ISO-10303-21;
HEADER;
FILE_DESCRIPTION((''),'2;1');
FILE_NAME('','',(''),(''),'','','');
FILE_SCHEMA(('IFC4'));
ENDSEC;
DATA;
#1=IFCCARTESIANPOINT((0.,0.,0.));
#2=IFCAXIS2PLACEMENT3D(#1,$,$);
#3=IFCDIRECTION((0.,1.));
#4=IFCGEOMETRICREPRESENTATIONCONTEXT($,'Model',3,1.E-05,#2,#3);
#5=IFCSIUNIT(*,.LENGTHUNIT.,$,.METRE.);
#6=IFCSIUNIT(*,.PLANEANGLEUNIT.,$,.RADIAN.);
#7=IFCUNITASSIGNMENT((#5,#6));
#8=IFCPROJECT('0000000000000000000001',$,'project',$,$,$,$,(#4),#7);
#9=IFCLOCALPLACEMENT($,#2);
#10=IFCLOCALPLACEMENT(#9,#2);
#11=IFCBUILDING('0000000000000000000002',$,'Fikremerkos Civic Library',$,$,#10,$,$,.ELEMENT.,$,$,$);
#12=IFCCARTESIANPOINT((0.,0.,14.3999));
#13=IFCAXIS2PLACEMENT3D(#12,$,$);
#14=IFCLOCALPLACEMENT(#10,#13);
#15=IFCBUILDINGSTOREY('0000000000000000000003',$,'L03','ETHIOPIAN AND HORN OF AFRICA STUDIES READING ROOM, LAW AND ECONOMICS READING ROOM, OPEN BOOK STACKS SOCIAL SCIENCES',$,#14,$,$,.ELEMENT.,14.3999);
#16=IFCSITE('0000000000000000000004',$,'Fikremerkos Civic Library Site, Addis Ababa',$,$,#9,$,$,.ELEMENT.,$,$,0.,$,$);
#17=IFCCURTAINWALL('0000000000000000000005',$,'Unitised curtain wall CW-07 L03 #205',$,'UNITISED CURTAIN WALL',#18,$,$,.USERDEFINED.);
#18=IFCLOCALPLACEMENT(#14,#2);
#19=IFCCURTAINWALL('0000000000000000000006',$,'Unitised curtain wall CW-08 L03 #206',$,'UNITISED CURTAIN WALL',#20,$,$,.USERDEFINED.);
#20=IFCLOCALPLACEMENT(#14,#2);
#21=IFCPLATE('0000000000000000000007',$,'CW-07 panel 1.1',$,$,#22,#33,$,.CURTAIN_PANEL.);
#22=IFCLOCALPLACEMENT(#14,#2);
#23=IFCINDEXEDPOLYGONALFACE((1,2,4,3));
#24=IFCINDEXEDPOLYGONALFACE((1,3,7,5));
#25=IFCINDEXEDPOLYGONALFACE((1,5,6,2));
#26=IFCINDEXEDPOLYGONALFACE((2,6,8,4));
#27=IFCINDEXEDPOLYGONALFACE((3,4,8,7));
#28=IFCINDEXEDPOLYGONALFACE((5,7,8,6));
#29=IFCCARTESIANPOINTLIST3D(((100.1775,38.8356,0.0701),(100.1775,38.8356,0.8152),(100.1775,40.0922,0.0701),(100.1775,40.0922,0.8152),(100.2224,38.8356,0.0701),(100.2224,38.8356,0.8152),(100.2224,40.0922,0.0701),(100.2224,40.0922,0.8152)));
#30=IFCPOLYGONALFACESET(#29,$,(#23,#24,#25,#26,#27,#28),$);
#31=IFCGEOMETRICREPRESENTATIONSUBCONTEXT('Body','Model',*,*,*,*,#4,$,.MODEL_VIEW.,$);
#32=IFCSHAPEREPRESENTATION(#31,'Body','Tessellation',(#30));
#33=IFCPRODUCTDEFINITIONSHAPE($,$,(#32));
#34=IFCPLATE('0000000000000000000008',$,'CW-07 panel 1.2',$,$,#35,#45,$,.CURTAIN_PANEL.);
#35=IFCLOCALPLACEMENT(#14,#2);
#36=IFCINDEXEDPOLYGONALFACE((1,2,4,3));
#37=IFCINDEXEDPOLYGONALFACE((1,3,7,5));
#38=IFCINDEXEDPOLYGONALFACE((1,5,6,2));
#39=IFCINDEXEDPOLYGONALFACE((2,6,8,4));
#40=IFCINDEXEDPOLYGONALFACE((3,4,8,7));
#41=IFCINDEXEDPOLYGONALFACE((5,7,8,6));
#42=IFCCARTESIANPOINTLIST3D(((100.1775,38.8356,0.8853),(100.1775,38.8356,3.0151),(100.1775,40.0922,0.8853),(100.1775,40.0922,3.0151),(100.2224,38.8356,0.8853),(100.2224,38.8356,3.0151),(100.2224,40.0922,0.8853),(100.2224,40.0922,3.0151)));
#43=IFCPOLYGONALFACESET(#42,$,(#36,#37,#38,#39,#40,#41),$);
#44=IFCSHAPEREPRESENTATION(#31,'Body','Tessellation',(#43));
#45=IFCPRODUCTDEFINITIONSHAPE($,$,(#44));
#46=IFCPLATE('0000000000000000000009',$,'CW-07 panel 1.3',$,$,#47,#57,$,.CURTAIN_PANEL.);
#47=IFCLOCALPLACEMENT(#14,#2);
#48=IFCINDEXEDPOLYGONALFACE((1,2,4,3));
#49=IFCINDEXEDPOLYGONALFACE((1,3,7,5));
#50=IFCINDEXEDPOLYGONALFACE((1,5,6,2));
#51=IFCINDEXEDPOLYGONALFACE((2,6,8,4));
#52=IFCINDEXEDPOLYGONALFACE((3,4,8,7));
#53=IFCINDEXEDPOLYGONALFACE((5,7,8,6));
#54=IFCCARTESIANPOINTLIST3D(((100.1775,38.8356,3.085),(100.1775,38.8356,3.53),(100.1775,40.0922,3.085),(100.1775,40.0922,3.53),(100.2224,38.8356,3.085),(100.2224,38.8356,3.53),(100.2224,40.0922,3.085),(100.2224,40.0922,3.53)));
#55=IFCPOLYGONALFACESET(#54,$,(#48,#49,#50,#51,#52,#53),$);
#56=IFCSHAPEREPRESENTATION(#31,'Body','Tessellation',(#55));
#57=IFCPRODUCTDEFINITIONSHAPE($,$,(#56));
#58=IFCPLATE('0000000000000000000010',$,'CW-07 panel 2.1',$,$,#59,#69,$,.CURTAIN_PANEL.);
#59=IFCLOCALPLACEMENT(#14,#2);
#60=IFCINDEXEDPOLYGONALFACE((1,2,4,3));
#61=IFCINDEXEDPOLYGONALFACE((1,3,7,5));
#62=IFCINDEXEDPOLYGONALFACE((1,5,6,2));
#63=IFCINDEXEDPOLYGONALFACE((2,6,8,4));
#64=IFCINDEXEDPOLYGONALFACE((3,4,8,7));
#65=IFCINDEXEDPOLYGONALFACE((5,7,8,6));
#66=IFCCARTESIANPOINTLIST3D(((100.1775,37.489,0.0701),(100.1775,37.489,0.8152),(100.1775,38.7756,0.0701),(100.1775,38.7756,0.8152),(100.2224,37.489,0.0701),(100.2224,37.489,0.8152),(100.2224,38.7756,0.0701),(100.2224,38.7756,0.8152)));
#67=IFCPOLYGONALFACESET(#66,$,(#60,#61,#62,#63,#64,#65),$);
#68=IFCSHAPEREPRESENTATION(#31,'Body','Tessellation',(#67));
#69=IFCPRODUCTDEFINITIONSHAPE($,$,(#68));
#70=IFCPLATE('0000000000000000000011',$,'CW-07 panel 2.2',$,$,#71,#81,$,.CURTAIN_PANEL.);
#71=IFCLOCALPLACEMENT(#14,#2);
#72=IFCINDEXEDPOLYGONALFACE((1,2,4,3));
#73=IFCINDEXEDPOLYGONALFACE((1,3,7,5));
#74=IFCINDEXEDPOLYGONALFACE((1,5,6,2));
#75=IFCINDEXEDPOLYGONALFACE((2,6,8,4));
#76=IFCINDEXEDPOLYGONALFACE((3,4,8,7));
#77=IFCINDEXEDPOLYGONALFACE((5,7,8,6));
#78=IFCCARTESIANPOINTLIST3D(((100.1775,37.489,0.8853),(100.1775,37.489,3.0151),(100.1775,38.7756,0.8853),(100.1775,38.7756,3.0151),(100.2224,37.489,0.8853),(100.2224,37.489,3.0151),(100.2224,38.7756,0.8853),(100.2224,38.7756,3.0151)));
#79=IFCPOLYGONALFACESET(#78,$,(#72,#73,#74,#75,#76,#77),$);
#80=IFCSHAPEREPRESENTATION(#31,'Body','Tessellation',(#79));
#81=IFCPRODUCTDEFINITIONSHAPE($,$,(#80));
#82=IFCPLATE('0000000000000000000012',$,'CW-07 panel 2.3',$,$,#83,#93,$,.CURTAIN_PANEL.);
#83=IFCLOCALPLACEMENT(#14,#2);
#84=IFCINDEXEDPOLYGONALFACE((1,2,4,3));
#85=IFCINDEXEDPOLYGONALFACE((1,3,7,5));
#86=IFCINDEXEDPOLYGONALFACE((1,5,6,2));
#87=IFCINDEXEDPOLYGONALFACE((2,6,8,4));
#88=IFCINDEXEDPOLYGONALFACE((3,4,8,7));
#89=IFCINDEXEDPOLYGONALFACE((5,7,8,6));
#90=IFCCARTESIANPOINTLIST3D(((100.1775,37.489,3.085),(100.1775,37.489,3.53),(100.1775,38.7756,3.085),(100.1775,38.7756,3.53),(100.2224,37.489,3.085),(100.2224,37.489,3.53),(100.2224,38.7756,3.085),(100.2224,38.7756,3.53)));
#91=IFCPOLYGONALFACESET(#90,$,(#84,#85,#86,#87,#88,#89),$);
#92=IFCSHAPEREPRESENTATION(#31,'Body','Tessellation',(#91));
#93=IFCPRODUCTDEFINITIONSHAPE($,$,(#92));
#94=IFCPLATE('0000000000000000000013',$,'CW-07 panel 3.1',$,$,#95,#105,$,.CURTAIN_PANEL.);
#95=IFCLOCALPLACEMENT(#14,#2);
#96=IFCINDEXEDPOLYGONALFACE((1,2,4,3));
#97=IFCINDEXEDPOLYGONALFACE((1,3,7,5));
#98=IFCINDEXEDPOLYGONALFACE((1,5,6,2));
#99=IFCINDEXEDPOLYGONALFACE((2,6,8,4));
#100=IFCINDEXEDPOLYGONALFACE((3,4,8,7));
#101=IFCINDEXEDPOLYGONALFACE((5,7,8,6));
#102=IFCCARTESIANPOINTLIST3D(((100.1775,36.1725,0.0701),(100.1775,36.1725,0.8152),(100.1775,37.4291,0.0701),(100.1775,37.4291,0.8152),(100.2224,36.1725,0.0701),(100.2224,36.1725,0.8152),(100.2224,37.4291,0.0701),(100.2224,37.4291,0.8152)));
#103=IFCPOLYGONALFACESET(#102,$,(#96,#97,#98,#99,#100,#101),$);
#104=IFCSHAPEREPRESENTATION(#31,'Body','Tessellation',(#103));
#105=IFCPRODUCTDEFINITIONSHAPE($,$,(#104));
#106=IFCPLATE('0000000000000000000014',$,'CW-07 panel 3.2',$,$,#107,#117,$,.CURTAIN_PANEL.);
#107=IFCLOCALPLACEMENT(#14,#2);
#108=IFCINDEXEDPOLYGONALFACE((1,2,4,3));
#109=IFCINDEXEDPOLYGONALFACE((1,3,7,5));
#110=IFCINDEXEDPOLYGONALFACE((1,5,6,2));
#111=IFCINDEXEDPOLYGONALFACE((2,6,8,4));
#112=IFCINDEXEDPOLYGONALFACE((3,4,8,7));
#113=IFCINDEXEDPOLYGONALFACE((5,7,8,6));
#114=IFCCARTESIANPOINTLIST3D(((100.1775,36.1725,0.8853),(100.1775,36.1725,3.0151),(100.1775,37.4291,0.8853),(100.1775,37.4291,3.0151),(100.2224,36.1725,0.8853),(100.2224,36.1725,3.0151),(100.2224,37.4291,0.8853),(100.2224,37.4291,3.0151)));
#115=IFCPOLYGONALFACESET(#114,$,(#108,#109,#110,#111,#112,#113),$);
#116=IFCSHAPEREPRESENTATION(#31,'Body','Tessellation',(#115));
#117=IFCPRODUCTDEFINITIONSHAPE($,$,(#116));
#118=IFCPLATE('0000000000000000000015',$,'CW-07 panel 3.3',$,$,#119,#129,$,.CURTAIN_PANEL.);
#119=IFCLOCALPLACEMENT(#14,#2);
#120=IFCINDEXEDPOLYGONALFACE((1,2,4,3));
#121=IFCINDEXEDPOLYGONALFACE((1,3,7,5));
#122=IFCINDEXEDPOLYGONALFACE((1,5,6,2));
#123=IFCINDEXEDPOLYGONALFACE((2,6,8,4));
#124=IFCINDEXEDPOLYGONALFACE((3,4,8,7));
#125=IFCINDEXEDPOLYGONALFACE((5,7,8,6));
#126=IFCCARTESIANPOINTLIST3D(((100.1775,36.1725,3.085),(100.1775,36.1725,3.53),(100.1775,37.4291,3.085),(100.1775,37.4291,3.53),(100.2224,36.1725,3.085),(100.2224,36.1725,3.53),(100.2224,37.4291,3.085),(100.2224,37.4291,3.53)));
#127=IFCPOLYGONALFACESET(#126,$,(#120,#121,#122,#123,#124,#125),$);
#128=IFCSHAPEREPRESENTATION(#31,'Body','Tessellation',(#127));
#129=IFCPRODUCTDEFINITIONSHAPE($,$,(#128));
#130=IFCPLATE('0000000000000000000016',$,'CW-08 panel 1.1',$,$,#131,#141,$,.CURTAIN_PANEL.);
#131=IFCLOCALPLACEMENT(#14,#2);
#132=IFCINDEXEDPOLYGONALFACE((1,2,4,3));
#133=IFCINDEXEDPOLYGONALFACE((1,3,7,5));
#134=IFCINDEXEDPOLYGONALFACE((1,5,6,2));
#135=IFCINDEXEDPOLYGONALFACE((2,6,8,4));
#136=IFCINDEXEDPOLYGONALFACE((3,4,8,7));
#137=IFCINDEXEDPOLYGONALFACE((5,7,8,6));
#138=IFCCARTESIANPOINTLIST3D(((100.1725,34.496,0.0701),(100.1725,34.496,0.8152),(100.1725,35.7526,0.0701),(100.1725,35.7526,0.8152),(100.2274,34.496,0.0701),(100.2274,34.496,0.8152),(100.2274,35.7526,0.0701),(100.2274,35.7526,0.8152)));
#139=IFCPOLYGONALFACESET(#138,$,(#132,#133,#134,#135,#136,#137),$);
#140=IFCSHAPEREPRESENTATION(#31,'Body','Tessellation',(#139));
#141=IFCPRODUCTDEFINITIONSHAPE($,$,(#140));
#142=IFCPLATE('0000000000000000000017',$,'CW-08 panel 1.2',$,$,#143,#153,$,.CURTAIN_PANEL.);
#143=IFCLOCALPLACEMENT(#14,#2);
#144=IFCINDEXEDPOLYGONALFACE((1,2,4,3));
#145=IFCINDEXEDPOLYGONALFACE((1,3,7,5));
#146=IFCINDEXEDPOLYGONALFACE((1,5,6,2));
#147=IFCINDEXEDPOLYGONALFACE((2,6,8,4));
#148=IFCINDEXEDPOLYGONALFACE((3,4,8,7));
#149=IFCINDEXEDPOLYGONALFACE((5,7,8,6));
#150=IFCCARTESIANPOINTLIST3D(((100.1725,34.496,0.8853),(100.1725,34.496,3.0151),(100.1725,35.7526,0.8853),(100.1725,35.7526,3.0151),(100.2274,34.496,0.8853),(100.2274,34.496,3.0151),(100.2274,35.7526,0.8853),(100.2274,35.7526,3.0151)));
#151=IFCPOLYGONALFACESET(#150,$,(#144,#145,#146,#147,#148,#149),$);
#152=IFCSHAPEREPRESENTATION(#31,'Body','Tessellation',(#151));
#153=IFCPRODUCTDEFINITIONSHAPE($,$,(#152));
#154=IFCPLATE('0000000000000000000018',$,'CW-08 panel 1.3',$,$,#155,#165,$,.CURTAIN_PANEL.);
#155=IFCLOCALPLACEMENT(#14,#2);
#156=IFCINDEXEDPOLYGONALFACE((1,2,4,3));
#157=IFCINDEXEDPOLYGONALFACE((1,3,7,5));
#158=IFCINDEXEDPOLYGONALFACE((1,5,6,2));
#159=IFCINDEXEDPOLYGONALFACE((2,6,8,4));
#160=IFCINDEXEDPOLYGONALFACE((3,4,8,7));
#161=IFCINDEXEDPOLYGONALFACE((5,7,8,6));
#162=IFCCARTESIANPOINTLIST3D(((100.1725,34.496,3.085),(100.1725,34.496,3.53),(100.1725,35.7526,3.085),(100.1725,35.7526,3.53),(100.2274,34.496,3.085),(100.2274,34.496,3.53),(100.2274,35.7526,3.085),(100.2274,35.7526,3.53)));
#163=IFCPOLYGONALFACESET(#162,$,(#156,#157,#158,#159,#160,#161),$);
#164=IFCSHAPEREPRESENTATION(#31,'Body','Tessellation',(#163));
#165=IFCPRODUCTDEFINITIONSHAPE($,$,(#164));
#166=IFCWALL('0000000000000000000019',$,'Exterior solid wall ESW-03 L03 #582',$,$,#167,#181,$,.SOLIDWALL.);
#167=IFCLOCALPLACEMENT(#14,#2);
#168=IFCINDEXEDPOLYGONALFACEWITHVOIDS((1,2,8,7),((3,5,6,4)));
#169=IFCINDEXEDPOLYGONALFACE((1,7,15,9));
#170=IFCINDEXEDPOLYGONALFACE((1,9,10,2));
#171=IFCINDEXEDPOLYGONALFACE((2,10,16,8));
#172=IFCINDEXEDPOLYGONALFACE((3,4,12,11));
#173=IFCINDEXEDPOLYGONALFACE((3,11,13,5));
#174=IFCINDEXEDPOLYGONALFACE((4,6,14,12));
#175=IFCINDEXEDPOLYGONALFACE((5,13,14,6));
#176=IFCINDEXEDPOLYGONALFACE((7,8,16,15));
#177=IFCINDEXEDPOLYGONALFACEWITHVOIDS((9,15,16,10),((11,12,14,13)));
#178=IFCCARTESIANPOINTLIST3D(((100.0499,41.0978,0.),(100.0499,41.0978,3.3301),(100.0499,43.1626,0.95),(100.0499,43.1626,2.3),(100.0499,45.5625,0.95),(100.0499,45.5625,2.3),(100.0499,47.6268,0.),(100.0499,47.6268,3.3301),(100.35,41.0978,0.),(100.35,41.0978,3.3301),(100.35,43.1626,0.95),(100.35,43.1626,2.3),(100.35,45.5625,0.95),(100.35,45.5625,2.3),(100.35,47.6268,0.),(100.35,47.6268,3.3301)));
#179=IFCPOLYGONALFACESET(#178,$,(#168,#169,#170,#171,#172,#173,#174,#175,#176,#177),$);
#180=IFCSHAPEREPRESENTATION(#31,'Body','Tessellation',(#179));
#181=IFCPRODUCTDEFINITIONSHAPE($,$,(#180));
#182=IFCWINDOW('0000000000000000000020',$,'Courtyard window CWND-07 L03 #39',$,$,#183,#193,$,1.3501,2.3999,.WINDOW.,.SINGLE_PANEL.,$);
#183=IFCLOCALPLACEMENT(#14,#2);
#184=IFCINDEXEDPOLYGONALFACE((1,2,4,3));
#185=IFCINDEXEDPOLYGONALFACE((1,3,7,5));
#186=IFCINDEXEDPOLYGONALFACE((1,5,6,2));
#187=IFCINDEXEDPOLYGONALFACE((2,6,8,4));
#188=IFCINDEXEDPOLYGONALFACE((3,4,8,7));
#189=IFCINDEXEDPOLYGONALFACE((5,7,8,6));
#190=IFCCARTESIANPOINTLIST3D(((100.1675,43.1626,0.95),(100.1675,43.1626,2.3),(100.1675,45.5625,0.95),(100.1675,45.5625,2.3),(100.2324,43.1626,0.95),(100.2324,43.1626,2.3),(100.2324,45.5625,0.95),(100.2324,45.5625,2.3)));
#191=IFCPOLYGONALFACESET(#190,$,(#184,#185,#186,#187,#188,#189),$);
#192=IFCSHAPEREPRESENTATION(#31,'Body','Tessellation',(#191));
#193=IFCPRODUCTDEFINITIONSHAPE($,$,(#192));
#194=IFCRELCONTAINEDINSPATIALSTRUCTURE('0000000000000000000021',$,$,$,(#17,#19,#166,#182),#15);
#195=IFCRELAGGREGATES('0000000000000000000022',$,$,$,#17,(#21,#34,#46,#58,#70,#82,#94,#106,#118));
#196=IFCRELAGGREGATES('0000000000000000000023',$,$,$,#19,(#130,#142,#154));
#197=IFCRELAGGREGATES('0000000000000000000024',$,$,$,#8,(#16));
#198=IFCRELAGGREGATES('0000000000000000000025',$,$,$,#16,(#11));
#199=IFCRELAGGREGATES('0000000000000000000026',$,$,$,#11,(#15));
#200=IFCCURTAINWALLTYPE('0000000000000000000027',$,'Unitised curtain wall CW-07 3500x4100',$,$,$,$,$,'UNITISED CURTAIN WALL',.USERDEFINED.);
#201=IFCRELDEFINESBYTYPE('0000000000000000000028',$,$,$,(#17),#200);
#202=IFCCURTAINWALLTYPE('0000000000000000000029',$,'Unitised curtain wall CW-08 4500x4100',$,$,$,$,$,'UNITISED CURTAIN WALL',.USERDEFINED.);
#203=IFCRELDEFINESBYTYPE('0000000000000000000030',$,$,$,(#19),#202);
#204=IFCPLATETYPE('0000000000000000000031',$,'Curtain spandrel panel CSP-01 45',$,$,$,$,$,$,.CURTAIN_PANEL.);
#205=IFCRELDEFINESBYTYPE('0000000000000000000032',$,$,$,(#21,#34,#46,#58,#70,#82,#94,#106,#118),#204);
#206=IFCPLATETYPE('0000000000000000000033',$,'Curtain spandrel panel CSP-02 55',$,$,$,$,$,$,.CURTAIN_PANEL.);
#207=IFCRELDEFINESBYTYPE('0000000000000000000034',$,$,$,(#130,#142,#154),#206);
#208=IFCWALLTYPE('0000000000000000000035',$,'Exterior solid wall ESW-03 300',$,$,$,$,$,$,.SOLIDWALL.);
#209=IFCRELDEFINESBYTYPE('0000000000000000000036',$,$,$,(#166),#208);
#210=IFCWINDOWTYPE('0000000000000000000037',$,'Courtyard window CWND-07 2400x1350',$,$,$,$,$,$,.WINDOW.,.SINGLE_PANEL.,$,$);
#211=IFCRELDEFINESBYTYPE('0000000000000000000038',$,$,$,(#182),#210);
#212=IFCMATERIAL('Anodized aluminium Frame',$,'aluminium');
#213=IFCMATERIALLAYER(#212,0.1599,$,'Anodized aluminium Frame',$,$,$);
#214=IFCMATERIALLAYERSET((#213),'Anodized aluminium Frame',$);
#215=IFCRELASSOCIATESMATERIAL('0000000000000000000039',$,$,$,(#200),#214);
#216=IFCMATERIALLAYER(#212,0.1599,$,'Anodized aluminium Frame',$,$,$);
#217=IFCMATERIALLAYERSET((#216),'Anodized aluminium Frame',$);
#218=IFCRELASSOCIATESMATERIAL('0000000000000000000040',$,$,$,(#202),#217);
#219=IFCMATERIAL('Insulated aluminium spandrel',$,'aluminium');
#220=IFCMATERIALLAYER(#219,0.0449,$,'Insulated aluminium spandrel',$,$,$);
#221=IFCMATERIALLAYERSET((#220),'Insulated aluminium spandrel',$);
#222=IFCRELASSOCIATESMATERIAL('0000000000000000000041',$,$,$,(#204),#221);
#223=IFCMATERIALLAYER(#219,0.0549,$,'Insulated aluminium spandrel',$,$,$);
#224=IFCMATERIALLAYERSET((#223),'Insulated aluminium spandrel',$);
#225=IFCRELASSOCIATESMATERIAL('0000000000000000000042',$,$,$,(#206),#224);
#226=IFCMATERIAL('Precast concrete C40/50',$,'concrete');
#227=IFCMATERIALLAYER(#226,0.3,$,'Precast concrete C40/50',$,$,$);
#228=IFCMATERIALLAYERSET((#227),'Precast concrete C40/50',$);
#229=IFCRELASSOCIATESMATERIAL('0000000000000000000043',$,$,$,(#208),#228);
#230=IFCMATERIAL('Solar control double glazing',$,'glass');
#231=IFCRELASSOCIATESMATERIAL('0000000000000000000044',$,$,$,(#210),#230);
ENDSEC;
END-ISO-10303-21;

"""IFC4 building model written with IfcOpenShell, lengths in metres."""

from ifc_helpers import new_model, si_unit, direction, frame, frame_2d, origin, origin_2d, place, context, subcontext, project, spatial, rectangle, extrude, material, layer, layer_set, type_object, element, fill, aggregate, save


model = new_model("IFC4")

# Units and contexts
model_context = context("Model", 3, precision=1e-05, world=origin(), true_north=direction((0.0, 1.0)))
body_context = subcontext(model_context, "Body", "Model", "MODEL_VIEW")
ifc_project = project(units=[si_unit("LENGTHUNIT", "METRE"), si_unit("PLANEANGLEUNIT", "RADIAN")], contexts=[model_context])

# Site, building, storey
site_placement = place(None, origin())
site = spatial("IfcSite", under=ifc_project, at=site_placement, Name="Fikremerkos Civic Library Site, Addis Ababa", CompositionType="ELEMENT", RefElevation=0.0)
building_placement = place(site_placement, origin())
building = spatial("IfcBuilding", under=site, at=building_placement, Name="Fikremerkos Civic Library", CompositionType="ELEMENT")
storey_placement = place(building_placement, frame((0.0, 0.0, 14.3999)))
storey = spatial("IfcBuildingStorey", under=building, at=storey_placement, Name="L03", Description="ETHIOPIAN AND HORN OF AFRICA STUDIES READING ROOM, LAW AND ECONOMICS READING ROOM, OPEN BOOK STACKS SOCIAL SCIENCES", CompositionType="ELEMENT", Elevation=14.3999)

# Curtain wall
ifc_material_1 = material(Name="Anodized aluminium Frame", Category="aluminium")
ifc_layer_1 = layer(ifc_material_1, 0.1599, Name="Anodized aluminium Frame")
ifc_layer_set_1 = layer_set([ifc_layer_1], Name="Anodized aluminium Frame")
curtain_wall_type_1 = type_object("IfcCurtainWallType", Name="Unitised curtain wall CW-07 3500x4100", ElementType="UNITISED CURTAIN WALL", PredefinedType="USERDEFINED", material=ifc_layer_set_1)
curtain_wall_1_placement = place(storey_placement, origin())
curtain_wall_1 = element("IfcCurtainWall", 1, at=curtain_wall_1_placement, inside=storey, type_object=curtain_wall_type_1, Name="Unitised curtain wall CW-07 L03 #205", ObjectType="UNITISED CURTAIN WALL", PredefinedType="USERDEFINED")

# Curtain wall
ifc_layer_2 = layer(ifc_material_1, 0.1599, Name="Anodized aluminium Frame")
ifc_layer_set_2 = layer_set([ifc_layer_2], Name="Anodized aluminium Frame")
curtain_wall_type_2 = type_object("IfcCurtainWallType", Name="Unitised curtain wall CW-08 4500x4100", ElementType="UNITISED CURTAIN WALL", PredefinedType="USERDEFINED", material=ifc_layer_set_2)
curtain_wall_2_placement = place(storey_placement, origin())
curtain_wall_2 = element("IfcCurtainWall", 2, at=curtain_wall_2_placement, inside=storey, type_object=curtain_wall_type_2, Name="Unitised curtain wall CW-08 L03 #206", ObjectType="UNITISED CURTAIN WALL", PredefinedType="USERDEFINED")

# Plates
ifc_material_2 = material(Name="Insulated aluminium spandrel", Category="aluminium")
ifc_layer_3 = layer(ifc_material_2, 0.0449, Name="Insulated aluminium spandrel")
ifc_layer_set_3 = layer_set([ifc_layer_3], Name="Insulated aluminium spandrel")
plate_type_1 = type_object("IfcPlateType", Name="Curtain spandrel panel CSP-01 45", PredefinedType="CURTAIN_PANEL", material=ifc_layer_set_3)
plate_1_placement = place(storey_placement, frame((100.2, 39.4639, 0.0701), z_axis=(0.0, 0.0, 1.0), x_axis=(0.0, -1.0, 0.0)))
plate_1 = element("IfcPlate", 3, at=plate_1_placement, type_object=plate_type_1, Name="CW-07 panel 1.1", PredefinedType="CURTAIN_PANEL", context=body_context, shape_type="SweptSolid", body=[
    extrude(rectangle(XDim=1.2566, YDim=0.0449, at=origin_2d()), origin(), (0.0, 0.0, 1.0), 0.7451),
])
plate_2_placement = place(storey_placement, frame((100.2, 39.4639, 0.8853), z_axis=(0.0, 0.0, 1.0), x_axis=(0.0, -1.0, 0.0)))
plate_2 = element("IfcPlate", 4, at=plate_2_placement, type_object=plate_type_1, Name="CW-07 panel 1.2", PredefinedType="CURTAIN_PANEL", context=body_context, shape_type="SweptSolid", body=[
    extrude(rectangle(XDim=1.2566, YDim=0.0449, at=origin_2d()), origin(), (0.0, 0.0, 1.0), 2.1299),
])
plate_3_placement = place(storey_placement, frame((100.2, 39.4639, 3.085), z_axis=(0.0, 0.0, 1.0), x_axis=(0.0, -1.0, 0.0)))
plate_3 = element("IfcPlate", 5, at=plate_3_placement, type_object=plate_type_1, Name="CW-07 panel 1.3", PredefinedType="CURTAIN_PANEL", context=body_context, shape_type="SweptSolid", body=[
    extrude(rectangle(XDim=1.2566, YDim=0.0449, at=origin_2d()), origin(), (0.0, 0.0, 1.0), 0.4451),
])
plate_4_placement = place(storey_placement, frame((100.2, 38.1323, 0.0701), z_axis=(0.0, 0.0, 1.0), x_axis=(0.0, -1.0, 0.0)))
plate_4 = element("IfcPlate", 6, at=plate_4_placement, type_object=plate_type_1, Name="CW-07 panel 2.1", PredefinedType="CURTAIN_PANEL", context=body_context, shape_type="SweptSolid", body=[
    extrude(rectangle(XDim=1.2866, YDim=0.0449, at=origin_2d()), origin(), (0.0, 0.0, 1.0), 0.7451),
])
plate_5_placement = place(storey_placement, frame((100.2, 38.1323, 0.8853), z_axis=(0.0, 0.0, 1.0), x_axis=(0.0, -1.0, 0.0)))
plate_5 = element("IfcPlate", 7, at=plate_5_placement, type_object=plate_type_1, Name="CW-07 panel 2.2", PredefinedType="CURTAIN_PANEL", context=body_context, shape_type="SweptSolid", body=[
    extrude(rectangle(XDim=1.2866, YDim=0.0449, at=origin_2d()), origin(), (0.0, 0.0, 1.0), 2.1299),
])
plate_6_placement = place(storey_placement, frame((100.2, 38.1323, 3.085), z_axis=(0.0, 0.0, 1.0), x_axis=(0.0, -1.0, 0.0)))
plate_6 = element("IfcPlate", 8, at=plate_6_placement, type_object=plate_type_1, Name="CW-07 panel 2.3", PredefinedType="CURTAIN_PANEL", context=body_context, shape_type="SweptSolid", body=[
    extrude(rectangle(XDim=1.2866, YDim=0.0449, at=origin_2d()), origin(), (0.0, 0.0, 1.0), 0.4451),
])
plate_7_placement = place(storey_placement, frame((100.2, 36.8008, 0.0701), z_axis=(0.0, 0.0, 1.0), x_axis=(0.0, -1.0, 0.0)))
plate_7 = element("IfcPlate", 9, at=plate_7_placement, type_object=plate_type_1, Name="CW-07 panel 3.1", PredefinedType="CURTAIN_PANEL", context=body_context, shape_type="SweptSolid", body=[
    extrude(rectangle(XDim=1.2566, YDim=0.0449, at=origin_2d()), origin(), (0.0, 0.0, 1.0), 0.7451),
])
plate_8_placement = place(storey_placement, frame((100.2, 36.8008, 0.8853), z_axis=(0.0, 0.0, 1.0), x_axis=(0.0, -1.0, 0.0)))
plate_8 = element("IfcPlate", 10, at=plate_8_placement, type_object=plate_type_1, Name="CW-07 panel 3.2", PredefinedType="CURTAIN_PANEL", context=body_context, shape_type="SweptSolid", body=[
    extrude(rectangle(XDim=1.2566, YDim=0.0449, at=origin_2d()), origin(), (0.0, 0.0, 1.0), 2.1299),
])
plate_9_placement = place(storey_placement, frame((100.2, 36.8008, 3.085), z_axis=(0.0, 0.0, 1.0), x_axis=(0.0, -1.0, 0.0)))
plate_9 = element("IfcPlate", 11, at=plate_9_placement, type_object=plate_type_1, Name="CW-07 panel 3.3", PredefinedType="CURTAIN_PANEL", context=body_context, shape_type="SweptSolid", body=[
    extrude(rectangle(XDim=1.2566, YDim=0.0449, at=origin_2d()), origin(), (0.0, 0.0, 1.0), 0.4451),
])
aggregate(curtain_wall_1, [plate_1, plate_2, plate_3, plate_4, plate_5, plate_6, plate_7, plate_8, plate_9])
ifc_layer_4 = layer(ifc_material_2, 0.0549, Name="Insulated aluminium spandrel")
ifc_layer_set_4 = layer_set([ifc_layer_4], Name="Insulated aluminium spandrel")
plate_type_2 = type_object("IfcPlateType", Name="Curtain spandrel panel CSP-02 55", PredefinedType="CURTAIN_PANEL", material=ifc_layer_set_4)
plate_10_placement = place(storey_placement, frame((100.2, 35.1243, 0.0701), z_axis=(0.0, 0.0, 1.0), x_axis=(0.0, -1.0, 0.0)))
plate_10 = element("IfcPlate", 12, at=plate_10_placement, type_object=plate_type_2, Name="CW-08 panel 1.1", PredefinedType="CURTAIN_PANEL", context=body_context, shape_type="SweptSolid", body=[
    extrude(rectangle(XDim=1.2566, YDim=0.0549, at=origin_2d()), origin(), (0.0, 0.0, 1.0), 0.7451),
])
plate_11_placement = place(storey_placement, frame((100.2, 35.1243, 0.8853), z_axis=(0.0, 0.0, 1.0), x_axis=(0.0, -1.0, 0.0)))
plate_11 = element("IfcPlate", 13, at=plate_11_placement, type_object=plate_type_2, Name="CW-08 panel 1.2", PredefinedType="CURTAIN_PANEL", context=body_context, shape_type="SweptSolid", body=[
    extrude(rectangle(XDim=1.2566, YDim=0.0549, at=origin_2d()), origin(), (0.0, 0.0, 1.0), 2.1299),
])
plate_12_placement = place(storey_placement, frame((100.2, 35.1243, 3.085), z_axis=(0.0, 0.0, 1.0), x_axis=(0.0, -1.0, 0.0)))
plate_12 = element("IfcPlate", 14, at=plate_12_placement, type_object=plate_type_2, Name="CW-08 panel 1.3", PredefinedType="CURTAIN_PANEL", context=body_context, shape_type="SweptSolid", body=[
    extrude(rectangle(XDim=1.2566, YDim=0.0549, at=origin_2d()), origin(), (0.0, 0.0, 1.0), 0.4451),
])
aggregate(curtain_wall_2, [plate_10, plate_11, plate_12])

# Wall, opening, window
ifc_material_3 = material(Name="Precast concrete C40/50", Category="concrete")
ifc_layer_5 = layer(ifc_material_3, 0.3, Name="Precast concrete C40/50")
ifc_layer_set_5 = layer_set([ifc_layer_5], Name="Precast concrete C40/50")
wall_type_1 = type_object("IfcWallType", Name="Exterior solid wall ESW-03 300", PredefinedType="SOLIDWALL", material=ifc_layer_set_5)
wall_1_placement = place(storey_placement, frame((100.2, 47.627, 0.0), z_axis=(0.0, 0.0, 1.0), x_axis=(0.0, -1.0, 0.0)))
wall_1 = element("IfcWall", 15, at=wall_1_placement, inside=storey, type_object=wall_type_1, Name="Exterior solid wall ESW-03 L03 #582", PredefinedType="SOLIDWALL", context=body_context, shape_type="SweptSolid", body=[
    extrude(rectangle(XDim=6.5291, YDim=0.3, at=frame_2d((3.2646, 0.0))), origin(), (0.0, 0.0, 1.0), 3.3301),
])
opening_placement = place(wall_1_placement, frame((2.0645, 0.0, 0.95)))
opening = element("IfcOpeningElement", 16, at=opening_placement, cuts=wall_1, PredefinedType="OPENING", context=body_context, shape_type="SweptSolid", body=[
    extrude(rectangle(XDim=2.3999, YDim=1.3501, at=frame_2d((1.2, 0.675))), frame((0.0, 0.1599, 0.0), z_axis=(0.0, -1.0, 0.0), x_axis=(1.0, 0.0, 0.0)), (0.0, 0.0, 1.0), 0.3201),
])
ifc_material_4 = material(Name="Solar control double glazing", Category="glass")
window_type = type_object("IfcWindowType", Name="Courtyard window CWND-07 2400x1350", PartitioningType="SINGLE_PANEL", PredefinedType="WINDOW", material=ifc_material_4)
window_placement = place(opening_placement, origin())
window = element("IfcWindow", 17, at=window_placement, inside=storey, type_object=window_type, Name="Courtyard window CWND-07 L03 #39", OverallHeight=1.3501, OverallWidth=2.3999, PartitioningType="SINGLE_PANEL", PredefinedType="WINDOW", context=body_context, shape_type="SweptSolid", body=[
    extrude(rectangle(XDim=2.3999, YDim=1.3501, at=frame_2d((1.2, 0.675))), frame((0.0, 0.0325, 0.0), z_axis=(0.0, -1.0, 0.0), x_axis=(1.0, 0.0, 0.0)), (0.0, 0.0, 1.0), 0.0649),
])
fill(opening, window)

save(model, "model.ifc")
